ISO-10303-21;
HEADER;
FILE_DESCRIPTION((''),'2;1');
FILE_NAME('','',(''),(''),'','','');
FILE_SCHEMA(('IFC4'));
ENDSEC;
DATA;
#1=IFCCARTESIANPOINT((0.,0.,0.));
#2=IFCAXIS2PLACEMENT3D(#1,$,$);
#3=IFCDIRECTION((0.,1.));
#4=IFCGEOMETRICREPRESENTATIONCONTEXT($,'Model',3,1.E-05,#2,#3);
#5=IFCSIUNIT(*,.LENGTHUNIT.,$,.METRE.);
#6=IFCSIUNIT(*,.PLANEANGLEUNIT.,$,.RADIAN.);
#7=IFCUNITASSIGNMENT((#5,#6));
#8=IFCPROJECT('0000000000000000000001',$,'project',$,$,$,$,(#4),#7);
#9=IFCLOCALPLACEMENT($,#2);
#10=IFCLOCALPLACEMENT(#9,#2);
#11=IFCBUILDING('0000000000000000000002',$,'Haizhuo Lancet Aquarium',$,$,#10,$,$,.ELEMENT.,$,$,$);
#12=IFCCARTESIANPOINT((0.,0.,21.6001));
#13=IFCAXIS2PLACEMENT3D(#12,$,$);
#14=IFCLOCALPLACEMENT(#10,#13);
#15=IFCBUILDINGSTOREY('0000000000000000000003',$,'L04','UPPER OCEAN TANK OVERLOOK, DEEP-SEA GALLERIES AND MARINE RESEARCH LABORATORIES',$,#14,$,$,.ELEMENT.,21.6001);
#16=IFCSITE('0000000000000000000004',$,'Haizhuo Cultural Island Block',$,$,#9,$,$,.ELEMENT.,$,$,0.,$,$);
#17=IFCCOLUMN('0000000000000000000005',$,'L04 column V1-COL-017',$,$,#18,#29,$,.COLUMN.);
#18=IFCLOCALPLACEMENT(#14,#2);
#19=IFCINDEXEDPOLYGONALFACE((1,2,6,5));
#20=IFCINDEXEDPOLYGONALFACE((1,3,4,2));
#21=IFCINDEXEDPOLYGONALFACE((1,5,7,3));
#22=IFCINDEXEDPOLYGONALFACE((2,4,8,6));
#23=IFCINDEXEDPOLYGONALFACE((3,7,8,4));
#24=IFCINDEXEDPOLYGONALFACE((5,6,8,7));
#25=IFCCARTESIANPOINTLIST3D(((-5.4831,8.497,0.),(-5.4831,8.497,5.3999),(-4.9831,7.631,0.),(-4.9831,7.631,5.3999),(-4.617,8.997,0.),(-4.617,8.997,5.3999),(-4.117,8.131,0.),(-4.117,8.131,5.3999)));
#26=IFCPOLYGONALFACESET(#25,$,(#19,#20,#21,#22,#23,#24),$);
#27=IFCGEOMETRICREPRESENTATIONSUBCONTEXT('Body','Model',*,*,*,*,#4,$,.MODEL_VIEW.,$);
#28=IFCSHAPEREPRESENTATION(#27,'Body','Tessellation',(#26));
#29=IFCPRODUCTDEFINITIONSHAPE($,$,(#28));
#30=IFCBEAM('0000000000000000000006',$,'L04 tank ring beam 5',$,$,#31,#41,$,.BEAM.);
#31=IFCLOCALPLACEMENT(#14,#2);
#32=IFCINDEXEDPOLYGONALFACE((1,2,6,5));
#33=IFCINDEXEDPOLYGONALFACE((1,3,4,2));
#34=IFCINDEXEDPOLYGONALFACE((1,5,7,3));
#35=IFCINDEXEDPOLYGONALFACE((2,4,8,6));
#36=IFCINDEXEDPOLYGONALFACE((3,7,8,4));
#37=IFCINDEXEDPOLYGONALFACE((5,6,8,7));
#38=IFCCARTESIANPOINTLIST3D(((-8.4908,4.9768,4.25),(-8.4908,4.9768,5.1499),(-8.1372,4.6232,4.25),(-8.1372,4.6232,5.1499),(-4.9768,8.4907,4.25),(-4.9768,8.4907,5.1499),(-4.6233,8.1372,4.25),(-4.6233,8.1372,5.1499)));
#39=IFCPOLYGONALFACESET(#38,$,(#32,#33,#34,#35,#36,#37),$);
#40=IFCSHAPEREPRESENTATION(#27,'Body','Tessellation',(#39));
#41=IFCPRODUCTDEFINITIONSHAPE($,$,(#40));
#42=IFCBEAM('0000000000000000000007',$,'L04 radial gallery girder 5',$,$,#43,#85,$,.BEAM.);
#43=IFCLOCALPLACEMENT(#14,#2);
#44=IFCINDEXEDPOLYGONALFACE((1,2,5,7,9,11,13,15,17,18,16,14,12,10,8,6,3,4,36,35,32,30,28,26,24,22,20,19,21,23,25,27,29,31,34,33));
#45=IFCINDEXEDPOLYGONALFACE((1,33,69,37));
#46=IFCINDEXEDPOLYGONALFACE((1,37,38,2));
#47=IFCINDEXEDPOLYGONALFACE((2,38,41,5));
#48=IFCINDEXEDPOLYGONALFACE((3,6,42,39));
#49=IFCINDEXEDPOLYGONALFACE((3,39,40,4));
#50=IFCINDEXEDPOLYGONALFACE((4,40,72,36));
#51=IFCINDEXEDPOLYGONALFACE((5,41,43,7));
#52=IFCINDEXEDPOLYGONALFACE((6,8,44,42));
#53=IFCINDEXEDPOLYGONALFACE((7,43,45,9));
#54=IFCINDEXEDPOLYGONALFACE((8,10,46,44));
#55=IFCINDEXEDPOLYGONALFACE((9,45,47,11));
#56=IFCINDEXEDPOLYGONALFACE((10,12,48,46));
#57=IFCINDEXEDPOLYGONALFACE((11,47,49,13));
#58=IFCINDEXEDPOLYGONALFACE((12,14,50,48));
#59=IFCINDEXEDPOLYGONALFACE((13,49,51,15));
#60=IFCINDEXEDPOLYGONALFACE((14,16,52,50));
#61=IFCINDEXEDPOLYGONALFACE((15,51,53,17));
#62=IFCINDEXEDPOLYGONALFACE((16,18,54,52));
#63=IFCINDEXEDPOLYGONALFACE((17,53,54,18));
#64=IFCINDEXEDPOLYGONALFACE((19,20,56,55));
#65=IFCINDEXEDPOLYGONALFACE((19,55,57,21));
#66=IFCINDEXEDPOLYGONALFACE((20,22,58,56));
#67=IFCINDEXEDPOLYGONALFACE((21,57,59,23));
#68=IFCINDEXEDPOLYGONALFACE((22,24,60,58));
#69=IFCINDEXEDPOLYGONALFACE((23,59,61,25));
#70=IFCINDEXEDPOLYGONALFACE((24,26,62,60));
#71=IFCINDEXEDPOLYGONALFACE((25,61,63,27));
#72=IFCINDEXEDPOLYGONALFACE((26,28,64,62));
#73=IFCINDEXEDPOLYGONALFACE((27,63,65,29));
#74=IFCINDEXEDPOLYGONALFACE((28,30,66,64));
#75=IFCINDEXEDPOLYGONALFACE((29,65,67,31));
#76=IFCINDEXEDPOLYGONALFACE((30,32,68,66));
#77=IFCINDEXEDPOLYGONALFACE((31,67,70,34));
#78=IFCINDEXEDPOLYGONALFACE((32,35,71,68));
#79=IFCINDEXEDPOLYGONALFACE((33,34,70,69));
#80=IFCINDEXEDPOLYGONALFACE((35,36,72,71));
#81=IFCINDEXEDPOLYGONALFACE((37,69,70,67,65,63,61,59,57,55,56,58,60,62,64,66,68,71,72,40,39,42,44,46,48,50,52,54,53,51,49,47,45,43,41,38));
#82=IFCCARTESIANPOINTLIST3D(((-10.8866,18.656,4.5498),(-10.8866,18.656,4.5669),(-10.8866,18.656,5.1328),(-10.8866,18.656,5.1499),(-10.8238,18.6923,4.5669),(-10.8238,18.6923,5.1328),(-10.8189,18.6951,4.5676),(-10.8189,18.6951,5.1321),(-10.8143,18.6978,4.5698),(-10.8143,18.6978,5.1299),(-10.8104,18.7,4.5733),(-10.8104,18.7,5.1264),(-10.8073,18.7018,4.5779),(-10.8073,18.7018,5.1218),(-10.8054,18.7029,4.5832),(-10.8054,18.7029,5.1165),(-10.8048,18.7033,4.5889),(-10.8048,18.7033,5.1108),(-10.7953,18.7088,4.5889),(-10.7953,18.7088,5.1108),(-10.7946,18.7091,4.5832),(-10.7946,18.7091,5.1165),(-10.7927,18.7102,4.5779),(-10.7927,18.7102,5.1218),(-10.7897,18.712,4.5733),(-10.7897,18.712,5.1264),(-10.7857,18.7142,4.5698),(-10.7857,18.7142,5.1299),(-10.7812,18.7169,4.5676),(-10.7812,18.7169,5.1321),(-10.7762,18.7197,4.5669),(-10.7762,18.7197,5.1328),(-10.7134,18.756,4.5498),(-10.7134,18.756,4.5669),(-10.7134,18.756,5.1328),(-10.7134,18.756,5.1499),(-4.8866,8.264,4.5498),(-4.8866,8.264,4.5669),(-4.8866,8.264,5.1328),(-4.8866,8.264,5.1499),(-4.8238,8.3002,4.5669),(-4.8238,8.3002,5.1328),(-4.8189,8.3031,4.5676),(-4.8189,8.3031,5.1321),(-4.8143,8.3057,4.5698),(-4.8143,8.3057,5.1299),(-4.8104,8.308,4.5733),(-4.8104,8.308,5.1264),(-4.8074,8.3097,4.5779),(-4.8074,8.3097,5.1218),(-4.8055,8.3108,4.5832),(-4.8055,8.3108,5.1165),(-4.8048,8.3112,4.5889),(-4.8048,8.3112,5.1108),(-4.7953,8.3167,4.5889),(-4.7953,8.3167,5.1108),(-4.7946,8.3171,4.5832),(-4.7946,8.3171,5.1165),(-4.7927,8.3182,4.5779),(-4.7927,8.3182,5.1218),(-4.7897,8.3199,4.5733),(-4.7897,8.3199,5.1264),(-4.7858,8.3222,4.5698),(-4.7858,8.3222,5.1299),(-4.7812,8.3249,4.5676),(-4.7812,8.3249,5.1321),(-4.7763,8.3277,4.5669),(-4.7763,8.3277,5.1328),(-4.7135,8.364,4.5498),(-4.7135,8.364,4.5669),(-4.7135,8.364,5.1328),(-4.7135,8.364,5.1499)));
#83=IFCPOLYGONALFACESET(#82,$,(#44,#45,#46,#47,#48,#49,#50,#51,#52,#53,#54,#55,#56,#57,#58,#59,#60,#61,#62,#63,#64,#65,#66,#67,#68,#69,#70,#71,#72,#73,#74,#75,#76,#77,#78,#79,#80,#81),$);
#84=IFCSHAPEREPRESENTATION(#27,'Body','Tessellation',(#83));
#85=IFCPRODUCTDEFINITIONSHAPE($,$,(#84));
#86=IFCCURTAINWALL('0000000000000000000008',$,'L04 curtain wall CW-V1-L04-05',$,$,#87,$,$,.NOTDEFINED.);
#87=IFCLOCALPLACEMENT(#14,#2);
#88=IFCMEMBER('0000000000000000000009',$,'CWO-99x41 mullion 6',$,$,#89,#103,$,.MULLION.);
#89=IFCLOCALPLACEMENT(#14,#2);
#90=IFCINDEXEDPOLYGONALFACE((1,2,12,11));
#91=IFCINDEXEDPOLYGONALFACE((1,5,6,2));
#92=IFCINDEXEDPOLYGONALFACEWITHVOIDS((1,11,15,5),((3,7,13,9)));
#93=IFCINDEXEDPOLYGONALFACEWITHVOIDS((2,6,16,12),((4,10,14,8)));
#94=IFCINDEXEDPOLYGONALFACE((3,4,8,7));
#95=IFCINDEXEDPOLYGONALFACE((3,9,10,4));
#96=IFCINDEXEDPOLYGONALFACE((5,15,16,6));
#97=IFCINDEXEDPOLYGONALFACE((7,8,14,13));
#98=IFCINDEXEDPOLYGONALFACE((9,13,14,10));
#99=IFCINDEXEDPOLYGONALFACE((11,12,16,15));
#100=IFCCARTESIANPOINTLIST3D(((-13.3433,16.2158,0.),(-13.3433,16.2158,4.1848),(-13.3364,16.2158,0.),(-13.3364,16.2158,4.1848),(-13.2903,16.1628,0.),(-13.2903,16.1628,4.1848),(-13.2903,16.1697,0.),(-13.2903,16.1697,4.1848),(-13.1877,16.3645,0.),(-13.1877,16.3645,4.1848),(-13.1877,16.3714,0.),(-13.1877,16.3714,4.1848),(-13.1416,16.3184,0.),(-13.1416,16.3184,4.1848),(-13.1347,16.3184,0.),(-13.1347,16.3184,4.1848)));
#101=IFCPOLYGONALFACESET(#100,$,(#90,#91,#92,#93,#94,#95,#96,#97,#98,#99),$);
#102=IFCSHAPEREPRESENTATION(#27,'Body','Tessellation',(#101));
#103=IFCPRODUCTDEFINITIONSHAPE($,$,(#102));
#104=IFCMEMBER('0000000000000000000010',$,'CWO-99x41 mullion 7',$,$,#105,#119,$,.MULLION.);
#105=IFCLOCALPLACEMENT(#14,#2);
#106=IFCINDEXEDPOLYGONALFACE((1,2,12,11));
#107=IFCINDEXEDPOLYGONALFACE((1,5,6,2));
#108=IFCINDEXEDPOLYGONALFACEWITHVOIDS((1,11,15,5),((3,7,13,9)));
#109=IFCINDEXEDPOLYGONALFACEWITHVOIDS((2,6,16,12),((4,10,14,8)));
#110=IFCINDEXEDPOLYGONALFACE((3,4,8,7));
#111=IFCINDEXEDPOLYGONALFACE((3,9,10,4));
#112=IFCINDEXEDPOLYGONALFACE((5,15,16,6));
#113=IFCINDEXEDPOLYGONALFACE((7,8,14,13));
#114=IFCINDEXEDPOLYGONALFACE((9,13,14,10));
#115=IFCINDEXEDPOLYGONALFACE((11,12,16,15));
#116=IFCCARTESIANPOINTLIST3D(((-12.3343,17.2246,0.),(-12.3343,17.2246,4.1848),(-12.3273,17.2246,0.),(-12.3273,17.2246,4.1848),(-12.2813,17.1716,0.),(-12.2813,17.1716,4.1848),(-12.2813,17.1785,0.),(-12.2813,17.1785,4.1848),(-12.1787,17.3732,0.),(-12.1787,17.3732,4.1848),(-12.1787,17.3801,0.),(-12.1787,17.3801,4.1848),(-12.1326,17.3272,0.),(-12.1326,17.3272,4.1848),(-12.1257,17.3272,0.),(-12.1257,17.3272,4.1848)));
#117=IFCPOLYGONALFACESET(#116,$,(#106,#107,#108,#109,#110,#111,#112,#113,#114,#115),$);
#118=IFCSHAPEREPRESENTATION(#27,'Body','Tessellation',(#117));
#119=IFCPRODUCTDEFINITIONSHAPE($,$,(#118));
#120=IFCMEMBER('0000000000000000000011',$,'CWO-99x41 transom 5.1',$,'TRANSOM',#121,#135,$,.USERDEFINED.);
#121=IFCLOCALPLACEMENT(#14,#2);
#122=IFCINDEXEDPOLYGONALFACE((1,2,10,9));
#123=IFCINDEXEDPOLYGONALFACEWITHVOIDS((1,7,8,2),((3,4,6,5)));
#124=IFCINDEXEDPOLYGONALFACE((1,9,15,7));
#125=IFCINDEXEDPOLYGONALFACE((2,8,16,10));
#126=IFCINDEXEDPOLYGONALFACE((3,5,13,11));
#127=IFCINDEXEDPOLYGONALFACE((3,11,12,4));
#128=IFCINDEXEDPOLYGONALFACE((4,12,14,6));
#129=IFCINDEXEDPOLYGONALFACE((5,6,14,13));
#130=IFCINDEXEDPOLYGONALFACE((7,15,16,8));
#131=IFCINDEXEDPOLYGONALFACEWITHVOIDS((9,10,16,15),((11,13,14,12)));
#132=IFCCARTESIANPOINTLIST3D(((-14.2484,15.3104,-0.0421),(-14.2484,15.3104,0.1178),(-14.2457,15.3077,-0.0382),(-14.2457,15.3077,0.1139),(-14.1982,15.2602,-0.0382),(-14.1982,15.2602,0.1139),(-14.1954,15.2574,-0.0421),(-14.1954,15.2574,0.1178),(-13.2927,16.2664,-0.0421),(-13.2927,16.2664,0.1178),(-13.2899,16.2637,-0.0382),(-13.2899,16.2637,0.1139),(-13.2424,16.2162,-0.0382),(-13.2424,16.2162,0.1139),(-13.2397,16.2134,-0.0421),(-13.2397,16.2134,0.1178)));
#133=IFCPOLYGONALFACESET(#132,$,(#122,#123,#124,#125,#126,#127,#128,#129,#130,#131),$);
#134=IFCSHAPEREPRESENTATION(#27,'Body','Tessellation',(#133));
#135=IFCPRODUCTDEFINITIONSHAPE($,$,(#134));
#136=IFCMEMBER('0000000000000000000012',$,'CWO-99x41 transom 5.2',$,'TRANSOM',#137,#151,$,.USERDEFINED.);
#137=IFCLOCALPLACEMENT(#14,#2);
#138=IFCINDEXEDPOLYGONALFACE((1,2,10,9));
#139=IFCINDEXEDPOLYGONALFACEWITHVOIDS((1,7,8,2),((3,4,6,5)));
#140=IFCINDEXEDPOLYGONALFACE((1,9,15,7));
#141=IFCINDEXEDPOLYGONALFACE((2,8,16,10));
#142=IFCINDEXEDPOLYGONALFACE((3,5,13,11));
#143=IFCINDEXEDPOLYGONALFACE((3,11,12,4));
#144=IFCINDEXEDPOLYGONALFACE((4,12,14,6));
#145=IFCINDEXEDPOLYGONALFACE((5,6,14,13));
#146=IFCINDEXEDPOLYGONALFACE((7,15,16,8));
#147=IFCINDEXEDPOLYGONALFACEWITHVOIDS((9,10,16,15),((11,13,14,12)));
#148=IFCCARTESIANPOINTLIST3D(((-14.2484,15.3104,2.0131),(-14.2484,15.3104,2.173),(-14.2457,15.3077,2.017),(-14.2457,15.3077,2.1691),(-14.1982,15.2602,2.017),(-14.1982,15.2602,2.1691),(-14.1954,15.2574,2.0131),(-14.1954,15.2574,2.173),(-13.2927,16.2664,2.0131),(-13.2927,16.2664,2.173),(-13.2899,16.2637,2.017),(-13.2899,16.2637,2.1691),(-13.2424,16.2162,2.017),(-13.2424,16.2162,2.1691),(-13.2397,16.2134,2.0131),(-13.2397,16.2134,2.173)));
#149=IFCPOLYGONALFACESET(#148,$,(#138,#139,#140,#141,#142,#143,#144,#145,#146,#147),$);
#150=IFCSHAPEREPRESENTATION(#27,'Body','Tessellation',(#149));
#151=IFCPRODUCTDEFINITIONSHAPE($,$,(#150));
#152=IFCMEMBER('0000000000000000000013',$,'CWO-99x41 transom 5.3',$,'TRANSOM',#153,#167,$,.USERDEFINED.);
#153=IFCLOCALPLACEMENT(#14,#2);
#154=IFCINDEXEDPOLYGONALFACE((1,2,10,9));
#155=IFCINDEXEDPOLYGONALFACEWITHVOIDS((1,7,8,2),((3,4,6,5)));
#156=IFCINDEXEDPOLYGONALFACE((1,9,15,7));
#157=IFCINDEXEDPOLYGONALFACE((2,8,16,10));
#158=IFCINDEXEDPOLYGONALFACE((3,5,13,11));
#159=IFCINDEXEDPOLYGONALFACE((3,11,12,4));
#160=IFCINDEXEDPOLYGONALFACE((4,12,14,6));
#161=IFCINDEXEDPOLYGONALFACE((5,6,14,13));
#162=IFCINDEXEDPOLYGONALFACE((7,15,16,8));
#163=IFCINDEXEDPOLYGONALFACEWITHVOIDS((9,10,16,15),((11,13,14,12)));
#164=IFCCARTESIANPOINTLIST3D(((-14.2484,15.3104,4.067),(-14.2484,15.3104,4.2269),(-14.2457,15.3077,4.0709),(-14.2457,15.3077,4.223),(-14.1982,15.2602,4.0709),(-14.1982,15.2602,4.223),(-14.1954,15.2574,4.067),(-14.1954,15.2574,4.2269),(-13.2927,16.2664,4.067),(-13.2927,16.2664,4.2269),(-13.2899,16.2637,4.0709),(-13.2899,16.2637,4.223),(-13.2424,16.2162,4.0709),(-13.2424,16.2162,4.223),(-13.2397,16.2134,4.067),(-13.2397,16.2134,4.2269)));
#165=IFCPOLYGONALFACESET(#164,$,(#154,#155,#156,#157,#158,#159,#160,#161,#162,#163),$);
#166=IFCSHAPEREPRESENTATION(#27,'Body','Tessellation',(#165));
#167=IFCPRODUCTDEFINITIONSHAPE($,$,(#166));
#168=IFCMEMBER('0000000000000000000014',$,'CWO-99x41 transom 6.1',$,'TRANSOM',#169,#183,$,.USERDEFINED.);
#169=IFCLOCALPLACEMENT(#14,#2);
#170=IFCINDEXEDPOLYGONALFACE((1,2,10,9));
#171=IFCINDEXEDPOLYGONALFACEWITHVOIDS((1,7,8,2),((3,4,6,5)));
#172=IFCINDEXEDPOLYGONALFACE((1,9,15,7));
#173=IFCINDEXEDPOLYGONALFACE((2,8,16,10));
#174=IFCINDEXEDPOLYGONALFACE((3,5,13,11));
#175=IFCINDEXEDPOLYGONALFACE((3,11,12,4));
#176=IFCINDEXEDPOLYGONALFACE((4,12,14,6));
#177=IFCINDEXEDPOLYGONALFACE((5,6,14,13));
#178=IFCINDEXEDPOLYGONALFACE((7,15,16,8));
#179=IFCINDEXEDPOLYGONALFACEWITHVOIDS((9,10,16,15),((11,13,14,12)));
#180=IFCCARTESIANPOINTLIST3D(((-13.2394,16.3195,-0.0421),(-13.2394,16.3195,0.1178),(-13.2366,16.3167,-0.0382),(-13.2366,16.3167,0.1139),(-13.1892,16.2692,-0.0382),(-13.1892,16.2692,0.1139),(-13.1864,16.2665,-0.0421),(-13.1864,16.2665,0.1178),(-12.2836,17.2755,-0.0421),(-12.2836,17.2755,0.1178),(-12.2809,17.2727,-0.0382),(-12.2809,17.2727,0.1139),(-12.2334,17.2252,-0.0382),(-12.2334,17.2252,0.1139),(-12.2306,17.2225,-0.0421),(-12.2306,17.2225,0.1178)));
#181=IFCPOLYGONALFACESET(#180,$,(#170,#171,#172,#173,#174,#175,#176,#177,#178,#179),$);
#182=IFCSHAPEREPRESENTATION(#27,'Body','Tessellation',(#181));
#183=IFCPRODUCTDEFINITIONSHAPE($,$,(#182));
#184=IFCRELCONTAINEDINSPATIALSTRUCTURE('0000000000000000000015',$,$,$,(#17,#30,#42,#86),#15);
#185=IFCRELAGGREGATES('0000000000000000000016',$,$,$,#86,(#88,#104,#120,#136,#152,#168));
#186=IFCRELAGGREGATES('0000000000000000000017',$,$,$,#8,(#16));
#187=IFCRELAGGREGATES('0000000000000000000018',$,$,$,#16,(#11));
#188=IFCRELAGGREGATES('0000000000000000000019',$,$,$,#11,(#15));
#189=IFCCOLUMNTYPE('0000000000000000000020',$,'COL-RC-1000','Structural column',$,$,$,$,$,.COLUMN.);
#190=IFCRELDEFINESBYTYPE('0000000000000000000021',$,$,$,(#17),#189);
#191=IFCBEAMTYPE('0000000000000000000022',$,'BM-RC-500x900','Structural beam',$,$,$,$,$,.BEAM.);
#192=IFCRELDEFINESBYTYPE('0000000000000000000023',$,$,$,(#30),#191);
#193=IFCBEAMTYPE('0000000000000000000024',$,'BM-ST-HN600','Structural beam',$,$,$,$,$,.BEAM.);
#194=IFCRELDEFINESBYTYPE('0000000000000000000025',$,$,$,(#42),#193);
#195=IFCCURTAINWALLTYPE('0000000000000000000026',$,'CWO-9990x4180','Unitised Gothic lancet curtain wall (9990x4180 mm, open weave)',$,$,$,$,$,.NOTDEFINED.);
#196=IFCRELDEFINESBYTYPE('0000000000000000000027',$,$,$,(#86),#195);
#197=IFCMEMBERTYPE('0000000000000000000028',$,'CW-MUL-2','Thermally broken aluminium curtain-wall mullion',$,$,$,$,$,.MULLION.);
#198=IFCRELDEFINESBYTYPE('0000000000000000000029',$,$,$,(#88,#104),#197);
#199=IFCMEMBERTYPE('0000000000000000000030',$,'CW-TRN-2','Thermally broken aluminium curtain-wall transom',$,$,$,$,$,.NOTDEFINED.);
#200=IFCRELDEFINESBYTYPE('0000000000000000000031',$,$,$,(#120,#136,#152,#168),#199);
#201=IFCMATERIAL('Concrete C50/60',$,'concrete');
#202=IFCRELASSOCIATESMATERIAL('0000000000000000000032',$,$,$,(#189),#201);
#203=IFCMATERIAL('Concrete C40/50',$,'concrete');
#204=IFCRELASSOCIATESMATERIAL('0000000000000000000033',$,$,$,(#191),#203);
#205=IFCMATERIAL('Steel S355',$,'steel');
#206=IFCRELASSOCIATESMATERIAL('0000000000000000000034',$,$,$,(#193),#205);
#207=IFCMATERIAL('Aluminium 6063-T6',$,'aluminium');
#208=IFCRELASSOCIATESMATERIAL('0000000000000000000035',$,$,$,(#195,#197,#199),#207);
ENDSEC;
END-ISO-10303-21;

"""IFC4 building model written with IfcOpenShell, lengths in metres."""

from ifc_helpers import new_model, si_unit, direction, frame, origin, origin_2d, place, context, subcontext, project, spatial, rectangle, hollow_rectangle, i_section, extrude, material, material_profile, profile_set, type_object, element, aggregate, save


model = new_model("IFC4")

# Units and contexts
model_context = context("Model", 3, precision=1e-05, world=origin(), true_north=direction((0.0, 1.0)))
body_context = subcontext(model_context, "Body", "Model", "MODEL_VIEW")
ifc_project = project(units=[si_unit("LENGTHUNIT", "METRE"), si_unit("PLANEANGLEUNIT", "RADIAN")], contexts=[model_context])

# Site, building, storey
site_placement = place(None, origin())
site = spatial("IfcSite", under=ifc_project, at=site_placement, Name="Haizhuo Cultural Island Block", CompositionType="ELEMENT", RefElevation=0.0)
building_placement = place(site_placement, origin())
building = spatial("IfcBuilding", under=site, at=building_placement, Name="Haizhuo Lancet Aquarium", CompositionType="ELEMENT")
storey_placement = place(building_placement, frame((0.0, 0.0, 21.6001)))
storey = spatial("IfcBuildingStorey", under=building, at=storey_placement, Name="L04", Description="UPPER OCEAN TANK OVERLOOK, DEEP-SEA GALLERIES AND MARINE RESEARCH LABORATORIES", CompositionType="ELEMENT", Elevation=21.6001)

# Column
ifc_material_1 = material(Name="Concrete C50/60", Category="concrete")
ifc_material_profile_1 = material_profile(ifc_material_1, rectangle(XDim=1.0, YDim=1.0, at=origin_2d()), Name="RC-COL 1000x1000")
ifc_profile_set_1 = profile_set([ifc_material_profile_1], Name="Concrete C50/60")
column_type = type_object("IfcColumnType", Name="COL-RC-1000", Description="Structural column", PredefinedType="COLUMN", material=ifc_profile_set_1)
column_placement = place(storey_placement, frame((-4.8, 8.314, 0.0), z_axis=(0.0, 0.0, 1.0), x_axis=(-0.5, 0.866025, 0.0)))
element("IfcColumn", 1, at=column_placement, inside=storey, type_object=column_type, Name="L04 column V1-COL-017", PredefinedType="COLUMN", context=body_context, shape_type="SweptSolid", body=[
    extrude(rectangle(XDim=1.0, YDim=1.0, at=origin_2d()), origin(), (0.0, 0.0, 1.0), 5.3999),
])

# Beams
ifc_material_2 = material(Name="Concrete C40/50", Category="concrete")
ifc_material_profile_2 = material_profile(ifc_material_2, rectangle(XDim=0.5, YDim=0.8999, at=origin_2d()), Name="RC-BM 500x900")
ifc_profile_set_2 = profile_set([ifc_material_profile_2], Name="Concrete C40/50")
beam_type_1 = type_object("IfcBeamType", Name="BM-RC-500x900", Description="Structural beam", PredefinedType="BEAM", material=ifc_profile_set_2)
beam_1_placement = place(storey_placement, frame((-4.8, 8.314, 4.7), z_axis=(-0.707107, -0.707107, 0.0), x_axis=(0.707107, -0.707107, 0.0)))
element("IfcBeam", 2, at=beam_1_placement, inside=storey, type_object=beam_type_1, Name="L04 tank ring beam 5", PredefinedType="BEAM", context=body_context, shape_type="SweptSolid", body=[
    extrude(rectangle(XDim=0.5, YDim=0.8999, at=origin_2d()), origin(), (0.0, 0.0, 1.0), 4.9695),
])
ifc_material_3 = material(Name="Steel S355", Category="steel")
ifc_material_profile_3 = material_profile(ifc_material_3, i_section(OverallWidth=0.2, OverallDepth=0.6001, WebThickness=0.011, FlangeThickness=0.0171, FilletRadius=0.022, at=origin_2d()), Name="HN 600x200x11x17")
ifc_profile_set_3 = profile_set([ifc_material_profile_3], Name="Steel S355")
beam_type_2 = type_object("IfcBeamType", Name="BM-ST-HN600", Description="Structural beam", PredefinedType="BEAM", material=ifc_profile_set_3)
beam_2_placement = place(storey_placement, frame((-4.8, 8.314, 4.8499), z_axis=(-0.500008, 0.866021, 0.0), x_axis=(-0.866021, -0.500008, 0.0)))
element("IfcBeam", 3, at=beam_2_placement, inside=storey, type_object=beam_type_2, Name="L04 radial gallery girder 5", PredefinedType="BEAM", context=body_context, shape_type="SweptSolid", body=[
    extrude(i_section(OverallWidth=0.2, OverallDepth=0.6001, WebThickness=0.011, FlangeThickness=0.0171, FilletRadius=0.022, at=origin_2d()), origin(), (0.0, 0.0, 1.0), 11.9998),
])

# Curtain wall, members
ifc_material_4 = material(Name="Aluminium 6063-T6", Category="aluminium")
curtain_wall_type = type_object("IfcCurtainWallType", Name="CWO-9990x4180", Description="Unitised Gothic lancet curtain wall (9990x4180 mm, open weave)", PredefinedType="NOTDEFINED", material=ifc_material_4)
curtain_wall_placement = place(storey_placement, origin())
curtain_wall = element("IfcCurtainWall", 4, at=curtain_wall_placement, inside=storey, type_object=curtain_wall_type, Name="L04 curtain wall CW-V1-L04-05", PredefinedType="NOTDEFINED")
ifc_material_profile_4 = material_profile(ifc_material_4, hollow_rectangle(XDim=0.075, YDim=0.22, WallThickness=0.0049, at=origin_2d()), Name="ALU-M 75x220x5")
ifc_profile_set_4 = profile_set([ifc_material_profile_4], Name="Aluminium 6063-T6")
member_type_1 = type_object("IfcMemberType", Name="CW-MUL-2", Description="Thermally broken aluminium curtain-wall mullion", PredefinedType="MULLION", material=ifc_profile_set_4)
member_1_placement = place(storey_placement, frame((-13.239, 16.2671, 0.0), z_axis=(0.0, 0.0, 1.0), x_axis=(-0.707107, 0.707107, 0.0)))
member_1 = element("IfcMember", 5, at=member_1_placement, type_object=member_type_1, Name="CWO-99x41 mullion 6", PredefinedType="MULLION", context=body_context, shape_type="SweptSolid", body=[
    extrude(hollow_rectangle(XDim=0.075, YDim=0.22, WallThickness=0.0049, at=origin_2d()), origin(), (0.0, 0.0, 1.0), 4.1848),
])
member_2_placement = place(storey_placement, frame((-12.23, 17.2759, 0.0), z_axis=(0.0, 0.0, 1.0), x_axis=(-0.707107, 0.707107, 0.0)))
member_2 = element("IfcMember", 6, at=member_2_placement, type_object=member_type_1, Name="CWO-99x41 mullion 7", PredefinedType="MULLION", context=body_context, shape_type="SweptSolid", body=[
    extrude(hollow_rectangle(XDim=0.075, YDim=0.22, WallThickness=0.0049, at=origin_2d()), origin(), (0.0, 0.0, 1.0), 4.1848),
])
ifc_material_profile_5 = material_profile(ifc_material_4, hollow_rectangle(XDim=0.075, YDim=0.1599, WallThickness=0.0039, at=origin_2d()), Name="ALU-T 75x160x4")
ifc_profile_set_5 = profile_set([ifc_material_profile_5], Name="Aluminium 6063-T6")
member_type_2 = type_object("IfcMemberType", Name="CW-TRN-2", Description="Thermally broken aluminium curtain-wall transom", PredefinedType="NOTDEFINED", material=ifc_profile_set_5)
member_3_placement = place(storey_placement, frame((-14.2219, 15.2839, 0.0378), z_axis=(0.707016, 0.707197, 0.0), x_axis=(-0.707197, 0.707016, 0.0)))
member_3 = element("IfcMember", 7, at=member_3_placement, type_object=member_type_2, Name="CWO-99x41 transom 5.1", ObjectType="TRANSOM", PredefinedType="USERDEFINED", context=body_context, shape_type="SweptSolid", body=[
    extrude(hollow_rectangle(XDim=0.075, YDim=0.1599, WallThickness=0.0039, at=origin_2d()), origin(), (0.0, 0.0, 1.0), 1.3518),
])
member_4_placement = place(storey_placement, frame((-14.2219, 15.2839, 2.093), z_axis=(0.707016, 0.707197, 0.0), x_axis=(-0.707197, 0.707016, 0.0)))
member_4 = element("IfcMember", 8, at=member_4_placement, type_object=member_type_2, Name="CWO-99x41 transom 5.2", ObjectType="TRANSOM", PredefinedType="USERDEFINED", context=body_context, shape_type="SweptSolid", body=[
    extrude(hollow_rectangle(XDim=0.075, YDim=0.1599, WallThickness=0.0039, at=origin_2d()), origin(), (0.0, 0.0, 1.0), 1.3518),
])
member_5_placement = place(storey_placement, frame((-14.2219, 15.2839, 4.147), z_axis=(0.707016, 0.707197, 0.0), x_axis=(-0.707197, 0.707016, 0.0)))
member_5 = element("IfcMember", 9, at=member_5_placement, type_object=member_type_2, Name="CWO-99x41 transom 5.3", ObjectType="TRANSOM", PredefinedType="USERDEFINED", context=body_context, shape_type="SweptSolid", body=[
    extrude(hollow_rectangle(XDim=0.075, YDim=0.1599, WallThickness=0.0039, at=origin_2d()), origin(), (0.0, 0.0, 1.0), 1.3518),
])
member_6_placement = place(storey_placement, frame((-13.2129, 16.293, 0.0378), z_axis=(0.707016, 0.707197, 0.0), x_axis=(-0.707197, 0.707016, 0.0)))
member_6 = element("IfcMember", 10, at=member_6_placement, type_object=member_type_2, Name="CWO-99x41 transom 6.1", ObjectType="TRANSOM", PredefinedType="USERDEFINED", context=body_context, shape_type="SweptSolid", body=[
    extrude(hollow_rectangle(XDim=0.075, YDim=0.1599, WallThickness=0.0039, at=origin_2d()), origin(), (0.0, 0.0, 1.0), 1.3518),
])

aggregate(curtain_wall, [member_1, member_2, member_3, member_4, member_5, member_6])

save(model, "model.ifc")
